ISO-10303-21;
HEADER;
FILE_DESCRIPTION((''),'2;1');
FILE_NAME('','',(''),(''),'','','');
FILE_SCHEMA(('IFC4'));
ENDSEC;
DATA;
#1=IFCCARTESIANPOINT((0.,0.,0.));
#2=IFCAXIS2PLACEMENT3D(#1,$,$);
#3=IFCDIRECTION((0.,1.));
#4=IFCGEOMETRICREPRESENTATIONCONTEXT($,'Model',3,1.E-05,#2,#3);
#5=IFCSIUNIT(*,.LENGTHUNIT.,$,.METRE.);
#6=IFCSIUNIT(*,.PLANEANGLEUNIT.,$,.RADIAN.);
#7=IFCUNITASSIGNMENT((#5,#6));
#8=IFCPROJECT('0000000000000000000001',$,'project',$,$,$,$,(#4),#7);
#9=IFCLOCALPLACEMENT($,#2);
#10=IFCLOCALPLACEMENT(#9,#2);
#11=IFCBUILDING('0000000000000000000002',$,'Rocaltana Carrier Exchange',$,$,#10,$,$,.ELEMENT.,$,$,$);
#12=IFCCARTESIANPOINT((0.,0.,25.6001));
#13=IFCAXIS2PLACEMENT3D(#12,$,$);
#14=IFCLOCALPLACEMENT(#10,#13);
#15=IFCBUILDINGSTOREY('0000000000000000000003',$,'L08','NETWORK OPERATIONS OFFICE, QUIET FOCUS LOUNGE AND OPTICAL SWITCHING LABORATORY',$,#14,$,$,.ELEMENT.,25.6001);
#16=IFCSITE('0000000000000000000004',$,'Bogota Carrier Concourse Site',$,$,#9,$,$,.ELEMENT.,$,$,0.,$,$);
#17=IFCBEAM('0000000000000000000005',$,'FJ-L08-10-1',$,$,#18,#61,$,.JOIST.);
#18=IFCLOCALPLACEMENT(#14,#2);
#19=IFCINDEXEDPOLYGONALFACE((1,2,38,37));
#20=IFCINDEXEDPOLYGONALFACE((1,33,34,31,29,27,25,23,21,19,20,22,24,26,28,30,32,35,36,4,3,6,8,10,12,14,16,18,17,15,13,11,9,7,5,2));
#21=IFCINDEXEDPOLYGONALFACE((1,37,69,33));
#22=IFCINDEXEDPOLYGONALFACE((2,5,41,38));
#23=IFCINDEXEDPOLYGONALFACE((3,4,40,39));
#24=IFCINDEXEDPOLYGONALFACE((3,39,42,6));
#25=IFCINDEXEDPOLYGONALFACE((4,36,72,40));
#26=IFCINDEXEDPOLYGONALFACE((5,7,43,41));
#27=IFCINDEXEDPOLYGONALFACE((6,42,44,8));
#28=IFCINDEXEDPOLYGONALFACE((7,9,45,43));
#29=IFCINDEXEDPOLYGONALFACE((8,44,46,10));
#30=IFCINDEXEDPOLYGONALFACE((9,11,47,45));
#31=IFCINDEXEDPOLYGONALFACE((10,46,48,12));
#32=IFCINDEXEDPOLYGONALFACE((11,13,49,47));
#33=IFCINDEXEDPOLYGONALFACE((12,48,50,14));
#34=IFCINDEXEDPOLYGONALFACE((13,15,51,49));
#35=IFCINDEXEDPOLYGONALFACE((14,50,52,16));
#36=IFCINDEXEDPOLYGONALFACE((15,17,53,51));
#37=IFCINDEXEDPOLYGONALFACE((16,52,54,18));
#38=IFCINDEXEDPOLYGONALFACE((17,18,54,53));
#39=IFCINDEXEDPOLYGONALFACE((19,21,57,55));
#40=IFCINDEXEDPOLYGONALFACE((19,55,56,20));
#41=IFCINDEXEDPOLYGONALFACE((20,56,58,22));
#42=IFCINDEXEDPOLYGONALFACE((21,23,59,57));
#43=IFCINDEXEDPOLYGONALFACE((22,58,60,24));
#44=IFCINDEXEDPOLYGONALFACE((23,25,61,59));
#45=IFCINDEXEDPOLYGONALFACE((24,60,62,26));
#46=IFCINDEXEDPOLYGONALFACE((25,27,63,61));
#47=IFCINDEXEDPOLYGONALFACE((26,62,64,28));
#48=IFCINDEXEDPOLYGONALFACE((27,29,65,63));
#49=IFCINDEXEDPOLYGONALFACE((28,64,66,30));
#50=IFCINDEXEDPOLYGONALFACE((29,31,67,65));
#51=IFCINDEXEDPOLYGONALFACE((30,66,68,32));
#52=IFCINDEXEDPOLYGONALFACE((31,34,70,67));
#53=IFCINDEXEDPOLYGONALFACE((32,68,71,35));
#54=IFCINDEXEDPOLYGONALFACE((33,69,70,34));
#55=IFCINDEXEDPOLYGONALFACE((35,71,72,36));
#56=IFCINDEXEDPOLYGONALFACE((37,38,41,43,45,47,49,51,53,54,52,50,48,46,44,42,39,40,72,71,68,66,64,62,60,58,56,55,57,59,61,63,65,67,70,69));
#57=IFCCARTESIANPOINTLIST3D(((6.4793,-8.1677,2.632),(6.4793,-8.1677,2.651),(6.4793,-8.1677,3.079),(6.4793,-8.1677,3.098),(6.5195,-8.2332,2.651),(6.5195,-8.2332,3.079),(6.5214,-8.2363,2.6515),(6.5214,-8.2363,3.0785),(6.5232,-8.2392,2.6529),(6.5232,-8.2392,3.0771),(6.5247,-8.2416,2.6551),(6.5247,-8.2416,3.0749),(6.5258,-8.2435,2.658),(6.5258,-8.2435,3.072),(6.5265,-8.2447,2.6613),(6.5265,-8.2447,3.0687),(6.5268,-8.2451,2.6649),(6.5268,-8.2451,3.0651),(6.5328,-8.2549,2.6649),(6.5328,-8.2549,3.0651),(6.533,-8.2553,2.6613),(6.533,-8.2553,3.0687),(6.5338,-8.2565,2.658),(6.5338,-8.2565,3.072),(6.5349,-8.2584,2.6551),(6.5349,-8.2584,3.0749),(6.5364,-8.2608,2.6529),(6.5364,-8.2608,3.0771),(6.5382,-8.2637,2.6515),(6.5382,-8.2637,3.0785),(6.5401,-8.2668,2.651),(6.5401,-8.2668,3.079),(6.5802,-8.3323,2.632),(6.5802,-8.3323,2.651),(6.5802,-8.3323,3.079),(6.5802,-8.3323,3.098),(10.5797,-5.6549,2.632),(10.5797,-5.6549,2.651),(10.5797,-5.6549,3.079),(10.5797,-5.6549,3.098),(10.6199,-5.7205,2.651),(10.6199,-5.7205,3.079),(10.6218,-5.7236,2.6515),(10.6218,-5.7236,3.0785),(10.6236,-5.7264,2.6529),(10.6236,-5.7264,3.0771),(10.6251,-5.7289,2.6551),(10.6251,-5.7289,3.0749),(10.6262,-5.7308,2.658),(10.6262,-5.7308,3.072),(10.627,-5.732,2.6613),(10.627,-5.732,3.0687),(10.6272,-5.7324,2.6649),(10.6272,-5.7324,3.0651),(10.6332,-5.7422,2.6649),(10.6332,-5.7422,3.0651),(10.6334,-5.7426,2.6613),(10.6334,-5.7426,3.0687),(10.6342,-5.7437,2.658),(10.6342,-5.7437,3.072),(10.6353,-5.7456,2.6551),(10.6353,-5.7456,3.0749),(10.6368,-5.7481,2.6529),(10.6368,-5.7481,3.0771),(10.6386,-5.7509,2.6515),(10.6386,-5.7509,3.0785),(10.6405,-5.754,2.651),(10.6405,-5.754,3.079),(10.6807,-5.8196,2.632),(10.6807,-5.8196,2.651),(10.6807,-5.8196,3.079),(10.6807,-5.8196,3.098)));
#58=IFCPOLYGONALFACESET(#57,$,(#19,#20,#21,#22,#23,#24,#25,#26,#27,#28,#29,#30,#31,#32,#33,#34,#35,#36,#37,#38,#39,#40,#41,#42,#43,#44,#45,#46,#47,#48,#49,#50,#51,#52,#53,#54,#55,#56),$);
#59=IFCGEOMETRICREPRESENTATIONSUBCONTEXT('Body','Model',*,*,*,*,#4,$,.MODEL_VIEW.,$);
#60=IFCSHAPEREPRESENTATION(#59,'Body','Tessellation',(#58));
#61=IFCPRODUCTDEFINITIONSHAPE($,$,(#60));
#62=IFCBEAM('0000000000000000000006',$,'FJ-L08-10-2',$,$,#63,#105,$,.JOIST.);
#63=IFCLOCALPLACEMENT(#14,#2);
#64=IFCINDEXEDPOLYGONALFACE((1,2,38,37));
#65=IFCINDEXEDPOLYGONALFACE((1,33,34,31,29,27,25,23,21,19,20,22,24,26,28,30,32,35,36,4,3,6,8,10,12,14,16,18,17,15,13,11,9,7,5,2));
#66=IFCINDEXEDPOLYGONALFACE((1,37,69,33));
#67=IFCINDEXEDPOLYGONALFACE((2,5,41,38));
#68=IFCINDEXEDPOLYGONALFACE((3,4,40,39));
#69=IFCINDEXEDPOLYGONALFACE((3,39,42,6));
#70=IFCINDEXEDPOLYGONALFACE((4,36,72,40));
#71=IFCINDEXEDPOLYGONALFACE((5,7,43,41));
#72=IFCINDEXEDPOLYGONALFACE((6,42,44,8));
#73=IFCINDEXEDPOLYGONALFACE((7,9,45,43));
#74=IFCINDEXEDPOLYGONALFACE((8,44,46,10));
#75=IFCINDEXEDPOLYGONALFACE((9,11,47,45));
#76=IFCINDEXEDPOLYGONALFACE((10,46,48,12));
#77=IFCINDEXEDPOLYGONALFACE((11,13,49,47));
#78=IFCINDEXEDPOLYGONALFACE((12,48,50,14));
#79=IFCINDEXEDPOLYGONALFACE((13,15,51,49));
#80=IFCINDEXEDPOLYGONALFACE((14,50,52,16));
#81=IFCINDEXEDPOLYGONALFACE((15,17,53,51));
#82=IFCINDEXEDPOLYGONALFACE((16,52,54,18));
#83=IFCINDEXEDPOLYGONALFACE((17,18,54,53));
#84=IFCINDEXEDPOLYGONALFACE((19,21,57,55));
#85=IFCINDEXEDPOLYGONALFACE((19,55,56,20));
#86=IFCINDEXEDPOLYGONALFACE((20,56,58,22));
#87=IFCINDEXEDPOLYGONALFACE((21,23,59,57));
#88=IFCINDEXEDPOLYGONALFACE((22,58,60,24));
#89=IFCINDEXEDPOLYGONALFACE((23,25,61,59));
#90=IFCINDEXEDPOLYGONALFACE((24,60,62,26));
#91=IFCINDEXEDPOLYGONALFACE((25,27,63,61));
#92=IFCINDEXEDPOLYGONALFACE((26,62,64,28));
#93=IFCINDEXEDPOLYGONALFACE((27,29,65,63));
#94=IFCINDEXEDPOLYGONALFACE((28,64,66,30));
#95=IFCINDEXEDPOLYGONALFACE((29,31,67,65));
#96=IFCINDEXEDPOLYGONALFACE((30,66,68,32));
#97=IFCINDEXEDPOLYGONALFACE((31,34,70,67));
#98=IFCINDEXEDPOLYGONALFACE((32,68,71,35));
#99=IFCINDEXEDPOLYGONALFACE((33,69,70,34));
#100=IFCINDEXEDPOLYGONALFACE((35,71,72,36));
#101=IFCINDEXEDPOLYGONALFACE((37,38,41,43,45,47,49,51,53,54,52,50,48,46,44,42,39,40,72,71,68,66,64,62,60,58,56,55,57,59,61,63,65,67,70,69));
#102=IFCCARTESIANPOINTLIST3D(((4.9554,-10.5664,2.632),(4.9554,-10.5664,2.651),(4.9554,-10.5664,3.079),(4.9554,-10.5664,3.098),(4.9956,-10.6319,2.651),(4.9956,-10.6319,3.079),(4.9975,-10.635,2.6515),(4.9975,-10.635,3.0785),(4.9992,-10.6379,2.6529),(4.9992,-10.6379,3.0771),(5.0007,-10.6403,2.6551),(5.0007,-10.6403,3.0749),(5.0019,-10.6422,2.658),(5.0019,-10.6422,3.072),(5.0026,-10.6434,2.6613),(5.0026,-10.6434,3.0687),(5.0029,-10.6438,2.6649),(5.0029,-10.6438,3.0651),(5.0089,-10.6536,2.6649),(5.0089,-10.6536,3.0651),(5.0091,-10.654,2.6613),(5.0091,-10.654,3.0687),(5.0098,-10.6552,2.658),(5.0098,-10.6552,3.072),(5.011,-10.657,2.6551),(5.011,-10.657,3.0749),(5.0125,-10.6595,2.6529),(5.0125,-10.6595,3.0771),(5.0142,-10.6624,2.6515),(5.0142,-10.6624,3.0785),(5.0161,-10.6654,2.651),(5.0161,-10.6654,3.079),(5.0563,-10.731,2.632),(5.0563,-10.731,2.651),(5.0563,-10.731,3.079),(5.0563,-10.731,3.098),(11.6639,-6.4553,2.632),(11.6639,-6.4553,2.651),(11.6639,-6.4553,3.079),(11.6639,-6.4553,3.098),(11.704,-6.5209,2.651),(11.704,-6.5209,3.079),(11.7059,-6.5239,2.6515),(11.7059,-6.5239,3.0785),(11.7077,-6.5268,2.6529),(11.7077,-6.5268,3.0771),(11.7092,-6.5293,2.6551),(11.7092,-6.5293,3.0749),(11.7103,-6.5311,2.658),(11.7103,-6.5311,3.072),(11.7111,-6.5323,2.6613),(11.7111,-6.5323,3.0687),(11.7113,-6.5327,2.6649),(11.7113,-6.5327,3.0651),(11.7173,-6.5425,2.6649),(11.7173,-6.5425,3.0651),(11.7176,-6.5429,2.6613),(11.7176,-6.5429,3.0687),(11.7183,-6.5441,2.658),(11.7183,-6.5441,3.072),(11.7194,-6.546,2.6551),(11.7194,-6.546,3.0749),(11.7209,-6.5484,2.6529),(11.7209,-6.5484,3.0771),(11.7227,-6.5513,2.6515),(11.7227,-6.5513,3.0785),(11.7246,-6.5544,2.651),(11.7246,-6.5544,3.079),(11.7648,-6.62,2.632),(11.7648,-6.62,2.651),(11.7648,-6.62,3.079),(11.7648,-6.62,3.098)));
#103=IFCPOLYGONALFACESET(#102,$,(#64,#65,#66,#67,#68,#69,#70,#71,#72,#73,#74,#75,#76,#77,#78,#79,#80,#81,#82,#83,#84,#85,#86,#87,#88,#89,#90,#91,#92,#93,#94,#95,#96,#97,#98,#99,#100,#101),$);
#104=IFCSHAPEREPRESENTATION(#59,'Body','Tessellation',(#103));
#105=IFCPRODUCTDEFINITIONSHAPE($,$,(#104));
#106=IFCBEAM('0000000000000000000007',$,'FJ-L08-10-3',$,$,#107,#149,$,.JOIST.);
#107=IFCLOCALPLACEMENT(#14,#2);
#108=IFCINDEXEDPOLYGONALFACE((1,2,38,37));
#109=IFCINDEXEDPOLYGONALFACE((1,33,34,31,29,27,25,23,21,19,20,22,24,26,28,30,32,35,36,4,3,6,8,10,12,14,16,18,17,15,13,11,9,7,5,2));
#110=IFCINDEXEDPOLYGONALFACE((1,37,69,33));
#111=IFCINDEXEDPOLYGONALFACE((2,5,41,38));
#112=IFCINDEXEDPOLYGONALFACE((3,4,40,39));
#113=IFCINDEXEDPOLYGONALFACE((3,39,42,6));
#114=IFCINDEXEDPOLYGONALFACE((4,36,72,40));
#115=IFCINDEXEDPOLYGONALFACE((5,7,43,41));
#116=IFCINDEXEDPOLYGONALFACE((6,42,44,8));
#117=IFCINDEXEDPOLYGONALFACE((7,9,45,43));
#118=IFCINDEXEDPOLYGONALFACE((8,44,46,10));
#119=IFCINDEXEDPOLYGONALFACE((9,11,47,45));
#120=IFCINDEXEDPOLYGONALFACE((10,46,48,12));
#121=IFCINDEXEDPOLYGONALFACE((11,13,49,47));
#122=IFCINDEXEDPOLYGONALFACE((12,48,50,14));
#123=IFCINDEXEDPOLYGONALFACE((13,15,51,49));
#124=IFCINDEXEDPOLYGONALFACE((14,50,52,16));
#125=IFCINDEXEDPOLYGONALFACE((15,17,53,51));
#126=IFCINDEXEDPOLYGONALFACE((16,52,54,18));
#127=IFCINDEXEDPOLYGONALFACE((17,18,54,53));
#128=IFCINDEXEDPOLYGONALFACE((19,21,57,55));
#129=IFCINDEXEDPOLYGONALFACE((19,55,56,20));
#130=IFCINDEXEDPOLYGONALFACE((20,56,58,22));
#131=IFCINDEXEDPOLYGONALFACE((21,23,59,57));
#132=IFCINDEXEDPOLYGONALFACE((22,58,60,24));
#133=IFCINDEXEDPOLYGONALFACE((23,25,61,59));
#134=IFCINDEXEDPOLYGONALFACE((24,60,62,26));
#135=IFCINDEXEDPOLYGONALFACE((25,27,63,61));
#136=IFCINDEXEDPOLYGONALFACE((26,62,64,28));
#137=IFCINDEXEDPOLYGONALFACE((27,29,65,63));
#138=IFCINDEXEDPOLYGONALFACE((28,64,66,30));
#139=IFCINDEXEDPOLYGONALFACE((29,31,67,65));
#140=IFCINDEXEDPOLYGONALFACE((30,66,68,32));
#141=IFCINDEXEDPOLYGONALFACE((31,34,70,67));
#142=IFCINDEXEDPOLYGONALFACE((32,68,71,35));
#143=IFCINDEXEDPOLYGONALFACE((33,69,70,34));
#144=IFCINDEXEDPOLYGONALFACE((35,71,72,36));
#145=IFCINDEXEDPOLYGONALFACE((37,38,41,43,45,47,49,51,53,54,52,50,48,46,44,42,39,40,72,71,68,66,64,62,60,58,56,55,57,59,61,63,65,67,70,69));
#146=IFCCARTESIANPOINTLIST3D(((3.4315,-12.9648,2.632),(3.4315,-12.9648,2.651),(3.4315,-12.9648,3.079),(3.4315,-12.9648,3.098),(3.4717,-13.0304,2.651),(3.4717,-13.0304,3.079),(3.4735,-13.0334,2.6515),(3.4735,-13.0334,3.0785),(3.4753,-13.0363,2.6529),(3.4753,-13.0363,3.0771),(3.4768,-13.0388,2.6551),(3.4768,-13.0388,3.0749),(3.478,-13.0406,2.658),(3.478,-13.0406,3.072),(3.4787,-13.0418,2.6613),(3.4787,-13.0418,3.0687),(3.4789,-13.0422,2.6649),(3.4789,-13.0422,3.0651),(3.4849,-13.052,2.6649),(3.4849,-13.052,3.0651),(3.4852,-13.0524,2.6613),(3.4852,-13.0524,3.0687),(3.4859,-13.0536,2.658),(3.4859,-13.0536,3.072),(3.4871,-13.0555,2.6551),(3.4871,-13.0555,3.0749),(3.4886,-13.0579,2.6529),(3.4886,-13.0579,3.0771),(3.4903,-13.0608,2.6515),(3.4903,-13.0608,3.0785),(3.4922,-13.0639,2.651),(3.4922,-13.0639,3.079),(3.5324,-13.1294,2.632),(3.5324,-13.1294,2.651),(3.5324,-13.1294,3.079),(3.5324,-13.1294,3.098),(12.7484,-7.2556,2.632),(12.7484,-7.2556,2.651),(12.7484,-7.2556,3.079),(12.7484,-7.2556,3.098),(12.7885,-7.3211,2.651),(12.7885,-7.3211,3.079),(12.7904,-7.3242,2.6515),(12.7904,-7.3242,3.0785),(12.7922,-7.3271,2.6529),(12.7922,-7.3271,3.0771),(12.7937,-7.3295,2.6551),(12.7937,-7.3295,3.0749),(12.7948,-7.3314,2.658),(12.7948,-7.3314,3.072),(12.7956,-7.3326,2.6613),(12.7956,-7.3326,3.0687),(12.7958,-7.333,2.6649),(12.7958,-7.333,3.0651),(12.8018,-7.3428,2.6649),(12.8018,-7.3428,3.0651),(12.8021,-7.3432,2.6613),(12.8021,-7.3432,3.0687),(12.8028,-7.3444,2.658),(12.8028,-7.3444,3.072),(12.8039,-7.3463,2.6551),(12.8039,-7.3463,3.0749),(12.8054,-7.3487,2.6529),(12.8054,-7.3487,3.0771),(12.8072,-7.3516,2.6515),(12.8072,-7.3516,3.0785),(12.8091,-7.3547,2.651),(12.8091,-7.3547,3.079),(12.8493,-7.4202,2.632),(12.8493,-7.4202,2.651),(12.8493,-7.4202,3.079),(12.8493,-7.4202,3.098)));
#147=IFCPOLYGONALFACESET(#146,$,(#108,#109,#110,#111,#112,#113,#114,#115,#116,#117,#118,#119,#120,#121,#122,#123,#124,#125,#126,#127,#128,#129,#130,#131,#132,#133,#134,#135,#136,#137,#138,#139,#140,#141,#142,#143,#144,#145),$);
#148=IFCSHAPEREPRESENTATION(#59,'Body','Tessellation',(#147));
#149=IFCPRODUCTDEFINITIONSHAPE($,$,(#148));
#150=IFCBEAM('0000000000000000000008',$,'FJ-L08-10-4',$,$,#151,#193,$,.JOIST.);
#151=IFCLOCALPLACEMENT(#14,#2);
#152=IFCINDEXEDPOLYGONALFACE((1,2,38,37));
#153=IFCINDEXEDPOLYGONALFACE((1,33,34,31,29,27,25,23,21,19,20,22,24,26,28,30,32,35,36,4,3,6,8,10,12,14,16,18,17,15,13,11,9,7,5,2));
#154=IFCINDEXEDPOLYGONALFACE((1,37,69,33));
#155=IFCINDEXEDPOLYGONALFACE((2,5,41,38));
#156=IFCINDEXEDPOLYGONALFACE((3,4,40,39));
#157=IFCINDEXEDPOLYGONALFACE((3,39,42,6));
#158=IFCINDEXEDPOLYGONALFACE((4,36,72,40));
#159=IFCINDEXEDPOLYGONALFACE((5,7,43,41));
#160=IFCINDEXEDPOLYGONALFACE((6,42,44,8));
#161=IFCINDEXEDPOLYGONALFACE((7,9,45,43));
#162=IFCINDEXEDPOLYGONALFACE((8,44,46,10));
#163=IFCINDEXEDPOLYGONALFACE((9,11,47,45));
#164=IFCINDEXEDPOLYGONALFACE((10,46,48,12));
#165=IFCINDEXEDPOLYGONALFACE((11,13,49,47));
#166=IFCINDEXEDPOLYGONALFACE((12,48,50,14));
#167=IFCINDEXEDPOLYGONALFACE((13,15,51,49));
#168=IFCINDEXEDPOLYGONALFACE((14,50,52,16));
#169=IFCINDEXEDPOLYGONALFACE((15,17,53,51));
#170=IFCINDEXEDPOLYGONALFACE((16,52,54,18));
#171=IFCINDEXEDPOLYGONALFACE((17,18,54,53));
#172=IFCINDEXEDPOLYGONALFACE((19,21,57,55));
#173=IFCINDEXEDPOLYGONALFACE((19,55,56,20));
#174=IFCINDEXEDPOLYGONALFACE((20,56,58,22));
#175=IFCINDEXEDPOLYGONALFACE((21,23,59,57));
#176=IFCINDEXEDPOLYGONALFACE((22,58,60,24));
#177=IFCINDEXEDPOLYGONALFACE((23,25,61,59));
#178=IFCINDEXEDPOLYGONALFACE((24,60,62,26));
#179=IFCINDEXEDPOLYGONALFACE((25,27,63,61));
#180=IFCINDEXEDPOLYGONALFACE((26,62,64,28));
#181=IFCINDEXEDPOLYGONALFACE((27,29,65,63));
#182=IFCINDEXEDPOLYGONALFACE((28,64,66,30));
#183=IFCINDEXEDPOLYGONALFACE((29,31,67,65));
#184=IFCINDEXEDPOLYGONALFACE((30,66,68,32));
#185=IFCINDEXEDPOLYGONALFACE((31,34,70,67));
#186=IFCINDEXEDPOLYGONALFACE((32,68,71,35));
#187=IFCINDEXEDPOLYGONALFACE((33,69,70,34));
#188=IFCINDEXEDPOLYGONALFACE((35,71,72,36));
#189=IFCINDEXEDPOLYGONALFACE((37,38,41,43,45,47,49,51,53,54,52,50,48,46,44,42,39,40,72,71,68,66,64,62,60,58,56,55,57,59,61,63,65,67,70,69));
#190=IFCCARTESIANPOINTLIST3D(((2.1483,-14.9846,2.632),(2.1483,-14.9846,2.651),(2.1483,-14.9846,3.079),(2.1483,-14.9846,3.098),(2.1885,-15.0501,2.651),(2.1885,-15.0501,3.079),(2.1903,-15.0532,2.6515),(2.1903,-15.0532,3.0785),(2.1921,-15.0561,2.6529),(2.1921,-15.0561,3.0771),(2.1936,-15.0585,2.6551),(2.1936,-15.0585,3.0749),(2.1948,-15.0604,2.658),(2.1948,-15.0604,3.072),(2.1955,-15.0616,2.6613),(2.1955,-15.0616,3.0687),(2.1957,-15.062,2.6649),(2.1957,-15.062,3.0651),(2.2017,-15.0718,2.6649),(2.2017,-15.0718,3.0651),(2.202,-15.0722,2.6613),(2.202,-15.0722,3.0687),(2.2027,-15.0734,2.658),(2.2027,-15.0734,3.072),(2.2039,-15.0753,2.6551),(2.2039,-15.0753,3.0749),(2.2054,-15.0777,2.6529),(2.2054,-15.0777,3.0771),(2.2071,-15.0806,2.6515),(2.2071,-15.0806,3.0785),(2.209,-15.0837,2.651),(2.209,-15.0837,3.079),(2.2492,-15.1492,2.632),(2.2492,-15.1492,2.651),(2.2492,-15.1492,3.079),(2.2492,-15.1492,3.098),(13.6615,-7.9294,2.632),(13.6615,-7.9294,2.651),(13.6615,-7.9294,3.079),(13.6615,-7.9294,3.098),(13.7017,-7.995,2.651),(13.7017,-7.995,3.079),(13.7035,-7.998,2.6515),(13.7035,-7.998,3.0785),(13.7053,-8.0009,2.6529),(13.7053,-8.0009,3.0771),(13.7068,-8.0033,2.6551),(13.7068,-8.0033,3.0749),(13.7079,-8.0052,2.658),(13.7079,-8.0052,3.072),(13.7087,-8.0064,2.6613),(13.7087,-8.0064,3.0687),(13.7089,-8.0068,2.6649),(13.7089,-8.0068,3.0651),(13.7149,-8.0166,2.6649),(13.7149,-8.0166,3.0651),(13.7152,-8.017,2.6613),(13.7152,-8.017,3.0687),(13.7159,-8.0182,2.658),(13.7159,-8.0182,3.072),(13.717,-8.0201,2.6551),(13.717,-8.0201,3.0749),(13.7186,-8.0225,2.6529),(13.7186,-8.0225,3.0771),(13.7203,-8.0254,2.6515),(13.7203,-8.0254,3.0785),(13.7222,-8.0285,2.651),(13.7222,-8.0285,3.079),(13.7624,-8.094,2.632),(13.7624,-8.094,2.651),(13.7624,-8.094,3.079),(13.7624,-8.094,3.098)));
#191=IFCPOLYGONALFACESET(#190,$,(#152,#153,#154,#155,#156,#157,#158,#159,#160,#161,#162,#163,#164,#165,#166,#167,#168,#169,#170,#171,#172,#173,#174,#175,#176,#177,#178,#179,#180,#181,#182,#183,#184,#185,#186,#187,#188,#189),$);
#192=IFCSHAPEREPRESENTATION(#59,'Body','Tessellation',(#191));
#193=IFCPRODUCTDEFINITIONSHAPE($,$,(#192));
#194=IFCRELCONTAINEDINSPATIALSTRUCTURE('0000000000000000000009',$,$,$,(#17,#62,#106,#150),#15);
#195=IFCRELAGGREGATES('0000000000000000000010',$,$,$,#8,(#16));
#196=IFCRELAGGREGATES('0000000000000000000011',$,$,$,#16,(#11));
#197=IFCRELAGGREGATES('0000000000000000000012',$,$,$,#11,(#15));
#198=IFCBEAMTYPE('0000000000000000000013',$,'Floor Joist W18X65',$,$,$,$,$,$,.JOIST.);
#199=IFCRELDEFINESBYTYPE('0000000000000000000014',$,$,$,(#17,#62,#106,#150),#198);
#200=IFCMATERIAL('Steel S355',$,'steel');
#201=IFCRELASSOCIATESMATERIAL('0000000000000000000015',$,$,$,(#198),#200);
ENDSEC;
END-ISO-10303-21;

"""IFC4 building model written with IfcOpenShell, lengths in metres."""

from ifc_helpers import new_model, si_unit, direction, frame, origin, origin_2d, place, context, subcontext, project, spatial, i_section, extrude, material, material_profile, profile_set, type_object, element, save


model = new_model("IFC4")

# Units and contexts
model_context = context("Model", 3, precision=1e-05, world=origin(), true_north=direction((0.0, 1.0)))
body_context = subcontext(model_context, "Body", "Model", "MODEL_VIEW")
ifc_project = project(units=[si_unit("LENGTHUNIT", "METRE"), si_unit("PLANEANGLEUNIT", "RADIAN")], contexts=[model_context])

# Site, building, storey
site_placement = place(None, origin())
site = spatial("IfcSite", under=ifc_project, at=site_placement, Name="Bogota Carrier Concourse Site", CompositionType="ELEMENT", RefElevation=0.0)
building_placement = place(site_placement, origin())
building = spatial("IfcBuilding", under=site, at=building_placement, Name="Rocaltana Carrier Exchange", CompositionType="ELEMENT")
storey_placement = place(building_placement, frame((0.0, 0.0, 25.6001)))
storey = spatial("IfcBuildingStorey", under=building, at=storey_placement, Name="L08", Description="NETWORK OPERATIONS OFFICE, QUIET FOCUS LOUNGE AND OPTICAL SWITCHING LABORATORY", CompositionType="ELEMENT", Elevation=25.6001)

# Beams
ifc_material_1 = material(Name="Steel S355", Category="steel")
ifc_material_profile_1 = material_profile(ifc_material_1, i_section(OverallWidth=0.1931, OverallDepth=0.4661, WebThickness=0.0115, FlangeThickness=0.019, FilletRadius=0.0139, at=origin_2d()), Name="W18X65")
ifc_profile_set_1 = profile_set([ifc_material_profile_1], Name="Steel S355")
beam_type_1 = type_object("IfcBeamType", Name="Floor Joist W18X65", PredefinedType="JOIST", material=ifc_profile_set_1)
beam_1_placement = place(storey_placement, frame((6.5298, -8.25, 2.865), z_axis=(0.85264, 0.522499, 0.0), x_axis=(-0.522499, 0.85264, 0.0)))
element("IfcBeam", 1, at=beam_1_placement, inside=storey, type_object=beam_type_1, Name="FJ-L08-10-1", PredefinedType="JOIST", context=body_context, shape_type="SweptSolid", body=[
    extrude(i_section(OverallWidth=0.1931, OverallDepth=0.4661, WebThickness=0.0115, FlangeThickness=0.019, FilletRadius=0.0139, at=origin_2d()), origin(), (0.0, 0.0, 1.0), 4.8091),
])
beam_2_placement = place(storey_placement, frame((5.0059, -10.6487, 2.865), z_axis=(0.852634, 0.522509, 0.0), x_axis=(-0.522509, 0.852634, 0.0)))
element("IfcBeam", 2, at=beam_2_placement, inside=storey, type_object=beam_type_1, Name="FJ-L08-10-2", PredefinedType="JOIST", context=body_context, shape_type="SweptSolid", body=[
    extrude(i_section(OverallWidth=0.1931, OverallDepth=0.4661, WebThickness=0.0115, FlangeThickness=0.019, FilletRadius=0.0139, at=origin_2d()), origin(), (0.0, 0.0, 1.0), 7.8679),
])
beam_3_placement = place(storey_placement, frame((3.4819, -13.0471, 2.865), z_axis=(0.852647, 0.522487, 0.0), x_axis=(-0.522487, 0.852647, 0.0)))
element("IfcBeam", 3, at=beam_3_placement, inside=storey, type_object=beam_type_1, Name="FJ-L08-10-3", PredefinedType="JOIST", context=body_context, shape_type="SweptSolid", body=[
    extrude(i_section(OverallWidth=0.1931, OverallDepth=0.4661, WebThickness=0.0115, FlangeThickness=0.019, FilletRadius=0.0139, at=origin_2d()), origin(), (0.0, 0.0, 1.0), 10.927),
])
beam_4_placement = place(storey_placement, frame((2.1987, -15.0669, 2.865), z_axis=(0.852644, 0.522493, 0.0), x_axis=(-0.522493, 0.852644, 0.0)))
element("IfcBeam", 4, at=beam_4_placement, inside=storey, type_object=beam_type_1, Name="FJ-L08-10-4", PredefinedType="JOIST", context=body_context, shape_type="SweptSolid", body=[
    extrude(i_section(OverallWidth=0.1931, OverallDepth=0.4661, WebThickness=0.0115, FlangeThickness=0.019, FilletRadius=0.0139, at=origin_2d()), origin(), (0.0, 0.0, 1.0), 13.5029),
])

save(model, "model.ifc")
